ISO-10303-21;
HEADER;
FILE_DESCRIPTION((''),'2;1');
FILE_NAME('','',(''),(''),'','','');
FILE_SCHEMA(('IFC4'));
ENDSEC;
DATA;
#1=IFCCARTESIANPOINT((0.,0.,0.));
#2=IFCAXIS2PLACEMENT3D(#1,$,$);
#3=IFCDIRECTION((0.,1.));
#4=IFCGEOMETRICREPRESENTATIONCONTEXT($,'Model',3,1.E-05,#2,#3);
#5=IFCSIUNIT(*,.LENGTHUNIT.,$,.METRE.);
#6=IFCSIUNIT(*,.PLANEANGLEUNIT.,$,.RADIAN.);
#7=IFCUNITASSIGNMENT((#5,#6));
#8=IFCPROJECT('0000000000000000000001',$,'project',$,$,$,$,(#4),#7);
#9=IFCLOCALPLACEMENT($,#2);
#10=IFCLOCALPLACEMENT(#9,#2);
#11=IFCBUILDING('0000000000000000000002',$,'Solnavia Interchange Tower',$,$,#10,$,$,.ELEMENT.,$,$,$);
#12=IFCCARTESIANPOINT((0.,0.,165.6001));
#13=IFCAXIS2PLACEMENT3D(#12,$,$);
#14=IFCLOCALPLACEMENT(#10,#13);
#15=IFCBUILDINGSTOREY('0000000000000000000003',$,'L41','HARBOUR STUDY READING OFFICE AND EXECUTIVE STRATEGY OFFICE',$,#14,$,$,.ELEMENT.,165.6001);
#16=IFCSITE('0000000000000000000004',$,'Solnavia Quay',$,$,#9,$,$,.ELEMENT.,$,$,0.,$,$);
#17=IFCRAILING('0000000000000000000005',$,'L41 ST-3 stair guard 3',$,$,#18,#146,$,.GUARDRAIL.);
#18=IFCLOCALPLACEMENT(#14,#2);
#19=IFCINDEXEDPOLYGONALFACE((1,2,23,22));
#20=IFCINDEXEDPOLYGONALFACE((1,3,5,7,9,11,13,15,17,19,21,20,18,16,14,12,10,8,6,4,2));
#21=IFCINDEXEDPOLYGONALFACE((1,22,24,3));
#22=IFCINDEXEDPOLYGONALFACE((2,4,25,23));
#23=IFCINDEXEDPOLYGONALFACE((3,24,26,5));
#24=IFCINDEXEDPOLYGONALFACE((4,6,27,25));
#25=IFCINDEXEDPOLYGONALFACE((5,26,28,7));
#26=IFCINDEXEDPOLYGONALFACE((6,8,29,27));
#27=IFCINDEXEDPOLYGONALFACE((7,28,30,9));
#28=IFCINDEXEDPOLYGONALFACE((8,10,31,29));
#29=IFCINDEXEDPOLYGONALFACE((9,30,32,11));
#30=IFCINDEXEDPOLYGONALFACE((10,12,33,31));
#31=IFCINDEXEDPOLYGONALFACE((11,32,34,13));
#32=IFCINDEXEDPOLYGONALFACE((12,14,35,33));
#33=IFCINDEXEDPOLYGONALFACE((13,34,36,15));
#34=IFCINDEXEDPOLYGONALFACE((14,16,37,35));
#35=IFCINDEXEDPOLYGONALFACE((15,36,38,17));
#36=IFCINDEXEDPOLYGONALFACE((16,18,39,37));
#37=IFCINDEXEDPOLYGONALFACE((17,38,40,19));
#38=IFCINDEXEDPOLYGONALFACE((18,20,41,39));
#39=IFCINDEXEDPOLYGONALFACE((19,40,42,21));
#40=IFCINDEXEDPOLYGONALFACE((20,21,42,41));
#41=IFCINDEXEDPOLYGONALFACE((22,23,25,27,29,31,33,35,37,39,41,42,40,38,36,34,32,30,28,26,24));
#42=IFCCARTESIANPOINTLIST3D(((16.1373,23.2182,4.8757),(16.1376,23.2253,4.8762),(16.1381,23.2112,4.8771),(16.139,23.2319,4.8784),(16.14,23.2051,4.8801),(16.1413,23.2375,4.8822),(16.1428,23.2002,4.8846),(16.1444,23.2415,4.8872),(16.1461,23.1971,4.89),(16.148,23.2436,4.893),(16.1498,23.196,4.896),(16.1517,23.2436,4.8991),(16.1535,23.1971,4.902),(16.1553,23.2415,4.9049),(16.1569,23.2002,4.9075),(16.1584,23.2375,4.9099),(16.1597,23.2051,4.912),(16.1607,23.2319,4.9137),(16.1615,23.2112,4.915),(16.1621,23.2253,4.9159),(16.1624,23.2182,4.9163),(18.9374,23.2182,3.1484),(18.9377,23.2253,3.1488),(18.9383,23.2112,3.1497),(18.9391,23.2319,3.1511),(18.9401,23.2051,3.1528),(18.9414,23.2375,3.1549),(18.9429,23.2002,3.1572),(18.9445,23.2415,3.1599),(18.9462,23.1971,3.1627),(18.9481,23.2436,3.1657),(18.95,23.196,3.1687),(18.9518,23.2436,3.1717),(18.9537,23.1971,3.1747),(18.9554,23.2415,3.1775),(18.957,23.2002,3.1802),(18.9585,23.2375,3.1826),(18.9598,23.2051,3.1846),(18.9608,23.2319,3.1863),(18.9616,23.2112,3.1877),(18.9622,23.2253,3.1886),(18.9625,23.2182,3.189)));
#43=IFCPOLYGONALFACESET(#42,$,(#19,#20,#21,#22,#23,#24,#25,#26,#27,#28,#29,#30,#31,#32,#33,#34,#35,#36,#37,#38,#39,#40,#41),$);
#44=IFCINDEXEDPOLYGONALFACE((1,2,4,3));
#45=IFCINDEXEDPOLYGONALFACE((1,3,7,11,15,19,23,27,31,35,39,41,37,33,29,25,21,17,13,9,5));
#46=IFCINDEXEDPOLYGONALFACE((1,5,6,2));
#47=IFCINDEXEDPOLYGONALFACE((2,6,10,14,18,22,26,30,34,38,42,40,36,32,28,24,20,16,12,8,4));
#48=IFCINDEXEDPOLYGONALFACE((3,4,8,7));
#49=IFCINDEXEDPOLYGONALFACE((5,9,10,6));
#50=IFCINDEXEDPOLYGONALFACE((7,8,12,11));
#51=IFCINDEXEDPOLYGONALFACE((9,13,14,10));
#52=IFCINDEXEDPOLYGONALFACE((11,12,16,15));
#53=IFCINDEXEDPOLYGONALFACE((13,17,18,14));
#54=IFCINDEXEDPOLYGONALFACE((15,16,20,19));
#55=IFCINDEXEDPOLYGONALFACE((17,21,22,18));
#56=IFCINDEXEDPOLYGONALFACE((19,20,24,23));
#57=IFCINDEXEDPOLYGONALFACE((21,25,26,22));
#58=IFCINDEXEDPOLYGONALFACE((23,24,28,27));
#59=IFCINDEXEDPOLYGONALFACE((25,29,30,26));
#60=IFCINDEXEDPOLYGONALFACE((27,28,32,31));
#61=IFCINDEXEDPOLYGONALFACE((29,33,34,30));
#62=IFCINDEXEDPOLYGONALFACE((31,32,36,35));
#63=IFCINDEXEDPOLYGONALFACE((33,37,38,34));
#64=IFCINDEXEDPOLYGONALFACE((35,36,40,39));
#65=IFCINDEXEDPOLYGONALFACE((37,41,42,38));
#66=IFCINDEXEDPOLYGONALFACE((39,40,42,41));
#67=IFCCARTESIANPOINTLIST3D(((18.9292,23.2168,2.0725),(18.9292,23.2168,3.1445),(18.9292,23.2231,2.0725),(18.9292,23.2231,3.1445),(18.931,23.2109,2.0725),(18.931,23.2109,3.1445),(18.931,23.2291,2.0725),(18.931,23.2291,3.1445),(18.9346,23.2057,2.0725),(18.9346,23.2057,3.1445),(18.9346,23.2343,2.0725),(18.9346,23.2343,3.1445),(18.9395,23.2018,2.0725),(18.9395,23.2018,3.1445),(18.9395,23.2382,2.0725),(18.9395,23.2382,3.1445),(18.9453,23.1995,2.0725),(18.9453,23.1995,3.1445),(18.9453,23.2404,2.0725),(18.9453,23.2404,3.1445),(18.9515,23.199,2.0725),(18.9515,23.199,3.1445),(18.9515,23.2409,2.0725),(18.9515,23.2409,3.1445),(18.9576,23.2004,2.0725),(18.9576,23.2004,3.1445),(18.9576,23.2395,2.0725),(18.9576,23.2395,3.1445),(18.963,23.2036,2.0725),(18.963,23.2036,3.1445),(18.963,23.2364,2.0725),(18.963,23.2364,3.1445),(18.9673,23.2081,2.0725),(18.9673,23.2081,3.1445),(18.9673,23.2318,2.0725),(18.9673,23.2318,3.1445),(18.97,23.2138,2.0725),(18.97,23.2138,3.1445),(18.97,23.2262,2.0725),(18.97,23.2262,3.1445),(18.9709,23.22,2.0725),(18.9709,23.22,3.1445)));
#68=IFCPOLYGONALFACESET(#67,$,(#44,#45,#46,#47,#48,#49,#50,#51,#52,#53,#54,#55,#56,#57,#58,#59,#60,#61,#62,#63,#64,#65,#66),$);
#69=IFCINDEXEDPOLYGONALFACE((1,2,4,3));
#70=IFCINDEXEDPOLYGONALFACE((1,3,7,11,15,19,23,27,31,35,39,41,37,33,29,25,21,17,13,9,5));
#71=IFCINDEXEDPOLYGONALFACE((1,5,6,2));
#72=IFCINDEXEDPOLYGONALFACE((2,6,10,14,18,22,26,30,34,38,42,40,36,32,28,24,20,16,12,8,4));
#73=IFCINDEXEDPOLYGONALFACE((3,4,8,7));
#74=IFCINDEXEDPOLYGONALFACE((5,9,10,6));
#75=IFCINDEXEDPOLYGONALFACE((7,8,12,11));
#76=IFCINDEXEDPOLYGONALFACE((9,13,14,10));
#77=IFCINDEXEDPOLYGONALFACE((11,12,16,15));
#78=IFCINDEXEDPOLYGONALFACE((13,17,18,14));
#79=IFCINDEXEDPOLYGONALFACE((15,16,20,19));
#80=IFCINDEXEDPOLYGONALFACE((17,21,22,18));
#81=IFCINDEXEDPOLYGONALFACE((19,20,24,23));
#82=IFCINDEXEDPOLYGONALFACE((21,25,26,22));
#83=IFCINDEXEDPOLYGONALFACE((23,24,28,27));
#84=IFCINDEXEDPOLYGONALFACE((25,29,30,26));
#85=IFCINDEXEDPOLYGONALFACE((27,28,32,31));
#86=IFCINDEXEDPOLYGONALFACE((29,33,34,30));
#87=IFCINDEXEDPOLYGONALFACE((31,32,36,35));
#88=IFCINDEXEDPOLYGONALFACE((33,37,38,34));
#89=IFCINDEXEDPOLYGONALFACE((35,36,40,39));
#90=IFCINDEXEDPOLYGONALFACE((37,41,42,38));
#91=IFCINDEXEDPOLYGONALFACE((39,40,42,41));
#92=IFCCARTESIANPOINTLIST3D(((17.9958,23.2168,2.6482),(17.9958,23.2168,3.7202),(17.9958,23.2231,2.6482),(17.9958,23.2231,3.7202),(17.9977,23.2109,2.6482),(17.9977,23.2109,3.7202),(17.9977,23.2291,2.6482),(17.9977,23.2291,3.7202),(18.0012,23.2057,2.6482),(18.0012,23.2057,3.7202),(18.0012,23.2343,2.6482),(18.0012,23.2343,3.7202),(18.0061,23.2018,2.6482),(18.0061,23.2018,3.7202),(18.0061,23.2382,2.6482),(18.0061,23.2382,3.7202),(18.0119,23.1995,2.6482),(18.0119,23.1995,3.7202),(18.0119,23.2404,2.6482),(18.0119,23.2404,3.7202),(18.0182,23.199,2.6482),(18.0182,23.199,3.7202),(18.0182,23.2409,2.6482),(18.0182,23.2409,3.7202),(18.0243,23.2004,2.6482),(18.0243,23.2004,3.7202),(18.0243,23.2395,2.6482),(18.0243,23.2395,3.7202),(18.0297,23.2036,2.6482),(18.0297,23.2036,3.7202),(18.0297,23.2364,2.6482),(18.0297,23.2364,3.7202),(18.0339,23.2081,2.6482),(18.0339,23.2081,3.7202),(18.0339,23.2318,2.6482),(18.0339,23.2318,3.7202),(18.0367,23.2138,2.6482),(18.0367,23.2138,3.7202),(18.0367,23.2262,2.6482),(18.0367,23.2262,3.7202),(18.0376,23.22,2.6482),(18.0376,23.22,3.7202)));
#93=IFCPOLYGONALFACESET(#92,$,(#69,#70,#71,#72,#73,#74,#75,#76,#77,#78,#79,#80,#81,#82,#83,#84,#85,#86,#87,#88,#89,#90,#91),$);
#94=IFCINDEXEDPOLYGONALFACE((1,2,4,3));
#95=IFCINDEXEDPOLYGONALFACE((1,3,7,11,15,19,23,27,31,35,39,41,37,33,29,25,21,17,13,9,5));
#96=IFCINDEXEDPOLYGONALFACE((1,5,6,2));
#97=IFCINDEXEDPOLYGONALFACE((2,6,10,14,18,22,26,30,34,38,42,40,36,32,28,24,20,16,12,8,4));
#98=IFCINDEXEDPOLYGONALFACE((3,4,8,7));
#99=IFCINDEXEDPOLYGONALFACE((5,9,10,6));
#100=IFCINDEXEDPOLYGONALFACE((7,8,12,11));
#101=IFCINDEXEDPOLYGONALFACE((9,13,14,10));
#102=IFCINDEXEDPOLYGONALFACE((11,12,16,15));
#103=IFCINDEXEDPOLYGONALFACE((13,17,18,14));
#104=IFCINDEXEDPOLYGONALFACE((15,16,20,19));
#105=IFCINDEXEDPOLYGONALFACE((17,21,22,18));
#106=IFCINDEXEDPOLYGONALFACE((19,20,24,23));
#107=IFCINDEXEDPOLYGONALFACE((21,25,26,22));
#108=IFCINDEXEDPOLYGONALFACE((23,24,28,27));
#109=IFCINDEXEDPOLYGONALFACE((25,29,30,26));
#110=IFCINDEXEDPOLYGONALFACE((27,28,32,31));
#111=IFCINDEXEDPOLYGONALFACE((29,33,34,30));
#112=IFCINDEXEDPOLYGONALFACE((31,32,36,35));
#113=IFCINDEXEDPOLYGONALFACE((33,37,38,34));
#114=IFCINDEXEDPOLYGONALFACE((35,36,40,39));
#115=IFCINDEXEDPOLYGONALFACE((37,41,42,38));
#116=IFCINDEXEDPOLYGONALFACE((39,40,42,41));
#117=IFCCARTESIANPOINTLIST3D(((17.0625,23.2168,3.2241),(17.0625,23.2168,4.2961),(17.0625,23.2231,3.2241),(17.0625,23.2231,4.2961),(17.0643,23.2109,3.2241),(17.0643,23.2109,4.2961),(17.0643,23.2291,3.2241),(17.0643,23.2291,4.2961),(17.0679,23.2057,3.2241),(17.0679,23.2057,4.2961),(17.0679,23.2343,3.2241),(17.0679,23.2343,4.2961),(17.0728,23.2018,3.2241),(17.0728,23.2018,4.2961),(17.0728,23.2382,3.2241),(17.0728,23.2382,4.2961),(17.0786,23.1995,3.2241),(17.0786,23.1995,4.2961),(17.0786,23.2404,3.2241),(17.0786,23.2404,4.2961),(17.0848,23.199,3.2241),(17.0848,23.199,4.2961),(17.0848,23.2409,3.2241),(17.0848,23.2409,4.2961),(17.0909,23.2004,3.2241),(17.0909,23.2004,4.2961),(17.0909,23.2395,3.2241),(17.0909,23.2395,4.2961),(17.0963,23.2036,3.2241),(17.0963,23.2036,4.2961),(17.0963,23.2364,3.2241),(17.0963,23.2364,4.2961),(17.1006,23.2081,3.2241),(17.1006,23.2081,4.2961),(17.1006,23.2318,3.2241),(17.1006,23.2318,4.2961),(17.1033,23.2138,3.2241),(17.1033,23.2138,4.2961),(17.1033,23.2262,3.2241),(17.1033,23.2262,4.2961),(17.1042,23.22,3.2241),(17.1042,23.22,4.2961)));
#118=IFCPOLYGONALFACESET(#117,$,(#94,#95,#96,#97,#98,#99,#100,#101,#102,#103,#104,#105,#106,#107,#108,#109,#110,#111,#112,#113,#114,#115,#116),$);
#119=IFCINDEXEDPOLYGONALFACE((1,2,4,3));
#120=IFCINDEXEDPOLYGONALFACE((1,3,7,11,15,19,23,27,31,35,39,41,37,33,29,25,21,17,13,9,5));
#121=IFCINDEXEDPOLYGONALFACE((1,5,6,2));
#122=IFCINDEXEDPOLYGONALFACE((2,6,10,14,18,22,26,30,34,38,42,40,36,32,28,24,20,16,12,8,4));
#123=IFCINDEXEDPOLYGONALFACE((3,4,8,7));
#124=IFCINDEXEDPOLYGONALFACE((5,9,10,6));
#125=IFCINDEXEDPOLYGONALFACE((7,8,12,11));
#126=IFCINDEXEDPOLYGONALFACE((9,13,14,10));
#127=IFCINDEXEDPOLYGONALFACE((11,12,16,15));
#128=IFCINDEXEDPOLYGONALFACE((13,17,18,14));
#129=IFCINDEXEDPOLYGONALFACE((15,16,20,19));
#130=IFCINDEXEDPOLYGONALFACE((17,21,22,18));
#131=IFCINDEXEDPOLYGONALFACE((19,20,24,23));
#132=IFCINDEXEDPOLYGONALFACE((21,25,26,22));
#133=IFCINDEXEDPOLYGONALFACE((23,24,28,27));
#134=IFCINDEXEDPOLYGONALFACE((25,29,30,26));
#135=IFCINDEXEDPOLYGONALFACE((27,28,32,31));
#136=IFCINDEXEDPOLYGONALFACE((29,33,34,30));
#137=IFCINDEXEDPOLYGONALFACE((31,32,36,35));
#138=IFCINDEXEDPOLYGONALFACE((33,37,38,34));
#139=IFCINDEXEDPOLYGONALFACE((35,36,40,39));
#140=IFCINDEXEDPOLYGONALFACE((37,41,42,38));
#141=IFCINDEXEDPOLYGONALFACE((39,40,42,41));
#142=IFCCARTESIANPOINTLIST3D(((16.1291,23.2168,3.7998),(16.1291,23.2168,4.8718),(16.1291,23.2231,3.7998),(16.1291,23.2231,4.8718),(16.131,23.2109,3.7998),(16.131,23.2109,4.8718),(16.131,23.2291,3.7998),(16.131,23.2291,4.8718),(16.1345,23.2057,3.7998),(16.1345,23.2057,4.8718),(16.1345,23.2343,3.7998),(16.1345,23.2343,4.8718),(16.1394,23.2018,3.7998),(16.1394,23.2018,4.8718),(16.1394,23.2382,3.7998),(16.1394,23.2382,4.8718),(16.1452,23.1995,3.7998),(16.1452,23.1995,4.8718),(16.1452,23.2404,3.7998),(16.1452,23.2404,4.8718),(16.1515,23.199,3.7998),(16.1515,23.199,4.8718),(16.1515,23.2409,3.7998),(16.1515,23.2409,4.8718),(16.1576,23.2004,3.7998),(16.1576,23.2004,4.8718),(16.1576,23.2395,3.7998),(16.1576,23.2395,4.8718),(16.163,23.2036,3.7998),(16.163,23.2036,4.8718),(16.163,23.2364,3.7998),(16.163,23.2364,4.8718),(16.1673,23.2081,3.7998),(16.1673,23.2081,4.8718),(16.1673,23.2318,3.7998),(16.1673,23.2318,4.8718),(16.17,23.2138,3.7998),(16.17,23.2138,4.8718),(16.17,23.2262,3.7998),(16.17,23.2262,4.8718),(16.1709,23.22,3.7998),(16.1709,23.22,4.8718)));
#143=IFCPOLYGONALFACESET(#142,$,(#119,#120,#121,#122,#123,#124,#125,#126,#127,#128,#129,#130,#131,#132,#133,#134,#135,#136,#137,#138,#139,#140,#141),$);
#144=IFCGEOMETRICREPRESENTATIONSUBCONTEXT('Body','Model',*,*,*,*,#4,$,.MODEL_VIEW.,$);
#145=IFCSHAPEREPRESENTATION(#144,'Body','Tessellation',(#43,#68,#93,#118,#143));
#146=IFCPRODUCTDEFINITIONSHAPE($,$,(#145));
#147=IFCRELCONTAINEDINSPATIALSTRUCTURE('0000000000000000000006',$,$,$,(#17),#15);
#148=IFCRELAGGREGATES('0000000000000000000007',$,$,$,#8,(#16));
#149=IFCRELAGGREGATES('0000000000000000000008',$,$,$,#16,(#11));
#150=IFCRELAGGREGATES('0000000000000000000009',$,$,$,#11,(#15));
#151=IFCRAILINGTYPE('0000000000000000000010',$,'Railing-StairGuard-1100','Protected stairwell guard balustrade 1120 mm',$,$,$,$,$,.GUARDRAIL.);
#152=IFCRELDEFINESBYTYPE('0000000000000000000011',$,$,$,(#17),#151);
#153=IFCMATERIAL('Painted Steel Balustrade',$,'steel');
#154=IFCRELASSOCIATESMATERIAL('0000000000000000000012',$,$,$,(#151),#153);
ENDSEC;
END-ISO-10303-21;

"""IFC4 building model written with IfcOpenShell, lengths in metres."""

from ifc_helpers import new_model, si_unit, direction, frame, origin, origin_2d, place, context, subcontext, project, spatial, circle, extrude, material, type_object, element, save


model = new_model("IFC4")

# Units and contexts
model_context = context("Model", 3, precision=1e-05, world=origin(), true_north=direction((0.0, 1.0)))
body_context = subcontext(model_context, "Body", "Model", "MODEL_VIEW")
ifc_project = project(units=[si_unit("LENGTHUNIT", "METRE"), si_unit("PLANEANGLEUNIT", "RADIAN")], contexts=[model_context])

# Site, building, storey
site_placement = place(None, origin())
site = spatial("IfcSite", under=ifc_project, at=site_placement, Name="Solnavia Quay", CompositionType="ELEMENT", RefElevation=0.0)
building_placement = place(site_placement, origin())
building = spatial("IfcBuilding", under=site, at=building_placement, Name="Solnavia Interchange Tower", CompositionType="ELEMENT")
storey_placement = place(building_placement, frame((0.0, 0.0, 165.6001)))
storey = spatial("IfcBuildingStorey", under=building, at=storey_placement, Name="L41", Description="HARBOUR STUDY READING OFFICE AND EXECUTIVE STRATEGY OFFICE", CompositionType="ELEMENT", Elevation=165.6001)

# Railing
ifc_material_1 = material(Name="Painted Steel Balustrade", Category="steel")
railing_type_1 = type_object("IfcRailingType", Name="Railing-StairGuard-1100", Description="Protected stairwell guard balustrade 1120 mm", PredefinedType="GUARDRAIL", material=ifc_material_1)
railing_1_placement = place(storey_placement, frame((18.95, 23.22, 2.0725)))
element("IfcRailing", 1, at=railing_1_placement, inside=storey, type_object=railing_type_1, Name="L41 ST-3 stair guard 3", PredefinedType="GUARDRAIL", context=body_context, shape_type="SweptSolid", body=[
    extrude(circle(Radius=0.0239, at=origin_2d()), frame((0.0, 0.0, 1.0962), z_axis=(-0.85109, 0.0, 0.52502), x_axis=(0.0, -1.0, 0.0)), (0.0, 0.0, 1.0), 3.29),
    extrude(circle(Radius=0.021, at=origin_2d()), origin(), (0.0, 0.0, 1.0), 1.072),
    extrude(circle(Radius=0.021, at=origin_2d()), frame((-0.9333, 0.0, 0.5757)), (0.0, 0.0, 1.0), 1.072),
    extrude(circle(Radius=0.021, at=origin_2d()), frame((-1.8667, 0.0, 1.1516)), (0.0, 0.0, 1.0), 1.072),
    extrude(circle(Radius=0.021, at=origin_2d()), frame((-2.8, 0.0, 1.7273)), (0.0, 0.0, 1.0), 1.072),
])

save(model, "model.ifc")
